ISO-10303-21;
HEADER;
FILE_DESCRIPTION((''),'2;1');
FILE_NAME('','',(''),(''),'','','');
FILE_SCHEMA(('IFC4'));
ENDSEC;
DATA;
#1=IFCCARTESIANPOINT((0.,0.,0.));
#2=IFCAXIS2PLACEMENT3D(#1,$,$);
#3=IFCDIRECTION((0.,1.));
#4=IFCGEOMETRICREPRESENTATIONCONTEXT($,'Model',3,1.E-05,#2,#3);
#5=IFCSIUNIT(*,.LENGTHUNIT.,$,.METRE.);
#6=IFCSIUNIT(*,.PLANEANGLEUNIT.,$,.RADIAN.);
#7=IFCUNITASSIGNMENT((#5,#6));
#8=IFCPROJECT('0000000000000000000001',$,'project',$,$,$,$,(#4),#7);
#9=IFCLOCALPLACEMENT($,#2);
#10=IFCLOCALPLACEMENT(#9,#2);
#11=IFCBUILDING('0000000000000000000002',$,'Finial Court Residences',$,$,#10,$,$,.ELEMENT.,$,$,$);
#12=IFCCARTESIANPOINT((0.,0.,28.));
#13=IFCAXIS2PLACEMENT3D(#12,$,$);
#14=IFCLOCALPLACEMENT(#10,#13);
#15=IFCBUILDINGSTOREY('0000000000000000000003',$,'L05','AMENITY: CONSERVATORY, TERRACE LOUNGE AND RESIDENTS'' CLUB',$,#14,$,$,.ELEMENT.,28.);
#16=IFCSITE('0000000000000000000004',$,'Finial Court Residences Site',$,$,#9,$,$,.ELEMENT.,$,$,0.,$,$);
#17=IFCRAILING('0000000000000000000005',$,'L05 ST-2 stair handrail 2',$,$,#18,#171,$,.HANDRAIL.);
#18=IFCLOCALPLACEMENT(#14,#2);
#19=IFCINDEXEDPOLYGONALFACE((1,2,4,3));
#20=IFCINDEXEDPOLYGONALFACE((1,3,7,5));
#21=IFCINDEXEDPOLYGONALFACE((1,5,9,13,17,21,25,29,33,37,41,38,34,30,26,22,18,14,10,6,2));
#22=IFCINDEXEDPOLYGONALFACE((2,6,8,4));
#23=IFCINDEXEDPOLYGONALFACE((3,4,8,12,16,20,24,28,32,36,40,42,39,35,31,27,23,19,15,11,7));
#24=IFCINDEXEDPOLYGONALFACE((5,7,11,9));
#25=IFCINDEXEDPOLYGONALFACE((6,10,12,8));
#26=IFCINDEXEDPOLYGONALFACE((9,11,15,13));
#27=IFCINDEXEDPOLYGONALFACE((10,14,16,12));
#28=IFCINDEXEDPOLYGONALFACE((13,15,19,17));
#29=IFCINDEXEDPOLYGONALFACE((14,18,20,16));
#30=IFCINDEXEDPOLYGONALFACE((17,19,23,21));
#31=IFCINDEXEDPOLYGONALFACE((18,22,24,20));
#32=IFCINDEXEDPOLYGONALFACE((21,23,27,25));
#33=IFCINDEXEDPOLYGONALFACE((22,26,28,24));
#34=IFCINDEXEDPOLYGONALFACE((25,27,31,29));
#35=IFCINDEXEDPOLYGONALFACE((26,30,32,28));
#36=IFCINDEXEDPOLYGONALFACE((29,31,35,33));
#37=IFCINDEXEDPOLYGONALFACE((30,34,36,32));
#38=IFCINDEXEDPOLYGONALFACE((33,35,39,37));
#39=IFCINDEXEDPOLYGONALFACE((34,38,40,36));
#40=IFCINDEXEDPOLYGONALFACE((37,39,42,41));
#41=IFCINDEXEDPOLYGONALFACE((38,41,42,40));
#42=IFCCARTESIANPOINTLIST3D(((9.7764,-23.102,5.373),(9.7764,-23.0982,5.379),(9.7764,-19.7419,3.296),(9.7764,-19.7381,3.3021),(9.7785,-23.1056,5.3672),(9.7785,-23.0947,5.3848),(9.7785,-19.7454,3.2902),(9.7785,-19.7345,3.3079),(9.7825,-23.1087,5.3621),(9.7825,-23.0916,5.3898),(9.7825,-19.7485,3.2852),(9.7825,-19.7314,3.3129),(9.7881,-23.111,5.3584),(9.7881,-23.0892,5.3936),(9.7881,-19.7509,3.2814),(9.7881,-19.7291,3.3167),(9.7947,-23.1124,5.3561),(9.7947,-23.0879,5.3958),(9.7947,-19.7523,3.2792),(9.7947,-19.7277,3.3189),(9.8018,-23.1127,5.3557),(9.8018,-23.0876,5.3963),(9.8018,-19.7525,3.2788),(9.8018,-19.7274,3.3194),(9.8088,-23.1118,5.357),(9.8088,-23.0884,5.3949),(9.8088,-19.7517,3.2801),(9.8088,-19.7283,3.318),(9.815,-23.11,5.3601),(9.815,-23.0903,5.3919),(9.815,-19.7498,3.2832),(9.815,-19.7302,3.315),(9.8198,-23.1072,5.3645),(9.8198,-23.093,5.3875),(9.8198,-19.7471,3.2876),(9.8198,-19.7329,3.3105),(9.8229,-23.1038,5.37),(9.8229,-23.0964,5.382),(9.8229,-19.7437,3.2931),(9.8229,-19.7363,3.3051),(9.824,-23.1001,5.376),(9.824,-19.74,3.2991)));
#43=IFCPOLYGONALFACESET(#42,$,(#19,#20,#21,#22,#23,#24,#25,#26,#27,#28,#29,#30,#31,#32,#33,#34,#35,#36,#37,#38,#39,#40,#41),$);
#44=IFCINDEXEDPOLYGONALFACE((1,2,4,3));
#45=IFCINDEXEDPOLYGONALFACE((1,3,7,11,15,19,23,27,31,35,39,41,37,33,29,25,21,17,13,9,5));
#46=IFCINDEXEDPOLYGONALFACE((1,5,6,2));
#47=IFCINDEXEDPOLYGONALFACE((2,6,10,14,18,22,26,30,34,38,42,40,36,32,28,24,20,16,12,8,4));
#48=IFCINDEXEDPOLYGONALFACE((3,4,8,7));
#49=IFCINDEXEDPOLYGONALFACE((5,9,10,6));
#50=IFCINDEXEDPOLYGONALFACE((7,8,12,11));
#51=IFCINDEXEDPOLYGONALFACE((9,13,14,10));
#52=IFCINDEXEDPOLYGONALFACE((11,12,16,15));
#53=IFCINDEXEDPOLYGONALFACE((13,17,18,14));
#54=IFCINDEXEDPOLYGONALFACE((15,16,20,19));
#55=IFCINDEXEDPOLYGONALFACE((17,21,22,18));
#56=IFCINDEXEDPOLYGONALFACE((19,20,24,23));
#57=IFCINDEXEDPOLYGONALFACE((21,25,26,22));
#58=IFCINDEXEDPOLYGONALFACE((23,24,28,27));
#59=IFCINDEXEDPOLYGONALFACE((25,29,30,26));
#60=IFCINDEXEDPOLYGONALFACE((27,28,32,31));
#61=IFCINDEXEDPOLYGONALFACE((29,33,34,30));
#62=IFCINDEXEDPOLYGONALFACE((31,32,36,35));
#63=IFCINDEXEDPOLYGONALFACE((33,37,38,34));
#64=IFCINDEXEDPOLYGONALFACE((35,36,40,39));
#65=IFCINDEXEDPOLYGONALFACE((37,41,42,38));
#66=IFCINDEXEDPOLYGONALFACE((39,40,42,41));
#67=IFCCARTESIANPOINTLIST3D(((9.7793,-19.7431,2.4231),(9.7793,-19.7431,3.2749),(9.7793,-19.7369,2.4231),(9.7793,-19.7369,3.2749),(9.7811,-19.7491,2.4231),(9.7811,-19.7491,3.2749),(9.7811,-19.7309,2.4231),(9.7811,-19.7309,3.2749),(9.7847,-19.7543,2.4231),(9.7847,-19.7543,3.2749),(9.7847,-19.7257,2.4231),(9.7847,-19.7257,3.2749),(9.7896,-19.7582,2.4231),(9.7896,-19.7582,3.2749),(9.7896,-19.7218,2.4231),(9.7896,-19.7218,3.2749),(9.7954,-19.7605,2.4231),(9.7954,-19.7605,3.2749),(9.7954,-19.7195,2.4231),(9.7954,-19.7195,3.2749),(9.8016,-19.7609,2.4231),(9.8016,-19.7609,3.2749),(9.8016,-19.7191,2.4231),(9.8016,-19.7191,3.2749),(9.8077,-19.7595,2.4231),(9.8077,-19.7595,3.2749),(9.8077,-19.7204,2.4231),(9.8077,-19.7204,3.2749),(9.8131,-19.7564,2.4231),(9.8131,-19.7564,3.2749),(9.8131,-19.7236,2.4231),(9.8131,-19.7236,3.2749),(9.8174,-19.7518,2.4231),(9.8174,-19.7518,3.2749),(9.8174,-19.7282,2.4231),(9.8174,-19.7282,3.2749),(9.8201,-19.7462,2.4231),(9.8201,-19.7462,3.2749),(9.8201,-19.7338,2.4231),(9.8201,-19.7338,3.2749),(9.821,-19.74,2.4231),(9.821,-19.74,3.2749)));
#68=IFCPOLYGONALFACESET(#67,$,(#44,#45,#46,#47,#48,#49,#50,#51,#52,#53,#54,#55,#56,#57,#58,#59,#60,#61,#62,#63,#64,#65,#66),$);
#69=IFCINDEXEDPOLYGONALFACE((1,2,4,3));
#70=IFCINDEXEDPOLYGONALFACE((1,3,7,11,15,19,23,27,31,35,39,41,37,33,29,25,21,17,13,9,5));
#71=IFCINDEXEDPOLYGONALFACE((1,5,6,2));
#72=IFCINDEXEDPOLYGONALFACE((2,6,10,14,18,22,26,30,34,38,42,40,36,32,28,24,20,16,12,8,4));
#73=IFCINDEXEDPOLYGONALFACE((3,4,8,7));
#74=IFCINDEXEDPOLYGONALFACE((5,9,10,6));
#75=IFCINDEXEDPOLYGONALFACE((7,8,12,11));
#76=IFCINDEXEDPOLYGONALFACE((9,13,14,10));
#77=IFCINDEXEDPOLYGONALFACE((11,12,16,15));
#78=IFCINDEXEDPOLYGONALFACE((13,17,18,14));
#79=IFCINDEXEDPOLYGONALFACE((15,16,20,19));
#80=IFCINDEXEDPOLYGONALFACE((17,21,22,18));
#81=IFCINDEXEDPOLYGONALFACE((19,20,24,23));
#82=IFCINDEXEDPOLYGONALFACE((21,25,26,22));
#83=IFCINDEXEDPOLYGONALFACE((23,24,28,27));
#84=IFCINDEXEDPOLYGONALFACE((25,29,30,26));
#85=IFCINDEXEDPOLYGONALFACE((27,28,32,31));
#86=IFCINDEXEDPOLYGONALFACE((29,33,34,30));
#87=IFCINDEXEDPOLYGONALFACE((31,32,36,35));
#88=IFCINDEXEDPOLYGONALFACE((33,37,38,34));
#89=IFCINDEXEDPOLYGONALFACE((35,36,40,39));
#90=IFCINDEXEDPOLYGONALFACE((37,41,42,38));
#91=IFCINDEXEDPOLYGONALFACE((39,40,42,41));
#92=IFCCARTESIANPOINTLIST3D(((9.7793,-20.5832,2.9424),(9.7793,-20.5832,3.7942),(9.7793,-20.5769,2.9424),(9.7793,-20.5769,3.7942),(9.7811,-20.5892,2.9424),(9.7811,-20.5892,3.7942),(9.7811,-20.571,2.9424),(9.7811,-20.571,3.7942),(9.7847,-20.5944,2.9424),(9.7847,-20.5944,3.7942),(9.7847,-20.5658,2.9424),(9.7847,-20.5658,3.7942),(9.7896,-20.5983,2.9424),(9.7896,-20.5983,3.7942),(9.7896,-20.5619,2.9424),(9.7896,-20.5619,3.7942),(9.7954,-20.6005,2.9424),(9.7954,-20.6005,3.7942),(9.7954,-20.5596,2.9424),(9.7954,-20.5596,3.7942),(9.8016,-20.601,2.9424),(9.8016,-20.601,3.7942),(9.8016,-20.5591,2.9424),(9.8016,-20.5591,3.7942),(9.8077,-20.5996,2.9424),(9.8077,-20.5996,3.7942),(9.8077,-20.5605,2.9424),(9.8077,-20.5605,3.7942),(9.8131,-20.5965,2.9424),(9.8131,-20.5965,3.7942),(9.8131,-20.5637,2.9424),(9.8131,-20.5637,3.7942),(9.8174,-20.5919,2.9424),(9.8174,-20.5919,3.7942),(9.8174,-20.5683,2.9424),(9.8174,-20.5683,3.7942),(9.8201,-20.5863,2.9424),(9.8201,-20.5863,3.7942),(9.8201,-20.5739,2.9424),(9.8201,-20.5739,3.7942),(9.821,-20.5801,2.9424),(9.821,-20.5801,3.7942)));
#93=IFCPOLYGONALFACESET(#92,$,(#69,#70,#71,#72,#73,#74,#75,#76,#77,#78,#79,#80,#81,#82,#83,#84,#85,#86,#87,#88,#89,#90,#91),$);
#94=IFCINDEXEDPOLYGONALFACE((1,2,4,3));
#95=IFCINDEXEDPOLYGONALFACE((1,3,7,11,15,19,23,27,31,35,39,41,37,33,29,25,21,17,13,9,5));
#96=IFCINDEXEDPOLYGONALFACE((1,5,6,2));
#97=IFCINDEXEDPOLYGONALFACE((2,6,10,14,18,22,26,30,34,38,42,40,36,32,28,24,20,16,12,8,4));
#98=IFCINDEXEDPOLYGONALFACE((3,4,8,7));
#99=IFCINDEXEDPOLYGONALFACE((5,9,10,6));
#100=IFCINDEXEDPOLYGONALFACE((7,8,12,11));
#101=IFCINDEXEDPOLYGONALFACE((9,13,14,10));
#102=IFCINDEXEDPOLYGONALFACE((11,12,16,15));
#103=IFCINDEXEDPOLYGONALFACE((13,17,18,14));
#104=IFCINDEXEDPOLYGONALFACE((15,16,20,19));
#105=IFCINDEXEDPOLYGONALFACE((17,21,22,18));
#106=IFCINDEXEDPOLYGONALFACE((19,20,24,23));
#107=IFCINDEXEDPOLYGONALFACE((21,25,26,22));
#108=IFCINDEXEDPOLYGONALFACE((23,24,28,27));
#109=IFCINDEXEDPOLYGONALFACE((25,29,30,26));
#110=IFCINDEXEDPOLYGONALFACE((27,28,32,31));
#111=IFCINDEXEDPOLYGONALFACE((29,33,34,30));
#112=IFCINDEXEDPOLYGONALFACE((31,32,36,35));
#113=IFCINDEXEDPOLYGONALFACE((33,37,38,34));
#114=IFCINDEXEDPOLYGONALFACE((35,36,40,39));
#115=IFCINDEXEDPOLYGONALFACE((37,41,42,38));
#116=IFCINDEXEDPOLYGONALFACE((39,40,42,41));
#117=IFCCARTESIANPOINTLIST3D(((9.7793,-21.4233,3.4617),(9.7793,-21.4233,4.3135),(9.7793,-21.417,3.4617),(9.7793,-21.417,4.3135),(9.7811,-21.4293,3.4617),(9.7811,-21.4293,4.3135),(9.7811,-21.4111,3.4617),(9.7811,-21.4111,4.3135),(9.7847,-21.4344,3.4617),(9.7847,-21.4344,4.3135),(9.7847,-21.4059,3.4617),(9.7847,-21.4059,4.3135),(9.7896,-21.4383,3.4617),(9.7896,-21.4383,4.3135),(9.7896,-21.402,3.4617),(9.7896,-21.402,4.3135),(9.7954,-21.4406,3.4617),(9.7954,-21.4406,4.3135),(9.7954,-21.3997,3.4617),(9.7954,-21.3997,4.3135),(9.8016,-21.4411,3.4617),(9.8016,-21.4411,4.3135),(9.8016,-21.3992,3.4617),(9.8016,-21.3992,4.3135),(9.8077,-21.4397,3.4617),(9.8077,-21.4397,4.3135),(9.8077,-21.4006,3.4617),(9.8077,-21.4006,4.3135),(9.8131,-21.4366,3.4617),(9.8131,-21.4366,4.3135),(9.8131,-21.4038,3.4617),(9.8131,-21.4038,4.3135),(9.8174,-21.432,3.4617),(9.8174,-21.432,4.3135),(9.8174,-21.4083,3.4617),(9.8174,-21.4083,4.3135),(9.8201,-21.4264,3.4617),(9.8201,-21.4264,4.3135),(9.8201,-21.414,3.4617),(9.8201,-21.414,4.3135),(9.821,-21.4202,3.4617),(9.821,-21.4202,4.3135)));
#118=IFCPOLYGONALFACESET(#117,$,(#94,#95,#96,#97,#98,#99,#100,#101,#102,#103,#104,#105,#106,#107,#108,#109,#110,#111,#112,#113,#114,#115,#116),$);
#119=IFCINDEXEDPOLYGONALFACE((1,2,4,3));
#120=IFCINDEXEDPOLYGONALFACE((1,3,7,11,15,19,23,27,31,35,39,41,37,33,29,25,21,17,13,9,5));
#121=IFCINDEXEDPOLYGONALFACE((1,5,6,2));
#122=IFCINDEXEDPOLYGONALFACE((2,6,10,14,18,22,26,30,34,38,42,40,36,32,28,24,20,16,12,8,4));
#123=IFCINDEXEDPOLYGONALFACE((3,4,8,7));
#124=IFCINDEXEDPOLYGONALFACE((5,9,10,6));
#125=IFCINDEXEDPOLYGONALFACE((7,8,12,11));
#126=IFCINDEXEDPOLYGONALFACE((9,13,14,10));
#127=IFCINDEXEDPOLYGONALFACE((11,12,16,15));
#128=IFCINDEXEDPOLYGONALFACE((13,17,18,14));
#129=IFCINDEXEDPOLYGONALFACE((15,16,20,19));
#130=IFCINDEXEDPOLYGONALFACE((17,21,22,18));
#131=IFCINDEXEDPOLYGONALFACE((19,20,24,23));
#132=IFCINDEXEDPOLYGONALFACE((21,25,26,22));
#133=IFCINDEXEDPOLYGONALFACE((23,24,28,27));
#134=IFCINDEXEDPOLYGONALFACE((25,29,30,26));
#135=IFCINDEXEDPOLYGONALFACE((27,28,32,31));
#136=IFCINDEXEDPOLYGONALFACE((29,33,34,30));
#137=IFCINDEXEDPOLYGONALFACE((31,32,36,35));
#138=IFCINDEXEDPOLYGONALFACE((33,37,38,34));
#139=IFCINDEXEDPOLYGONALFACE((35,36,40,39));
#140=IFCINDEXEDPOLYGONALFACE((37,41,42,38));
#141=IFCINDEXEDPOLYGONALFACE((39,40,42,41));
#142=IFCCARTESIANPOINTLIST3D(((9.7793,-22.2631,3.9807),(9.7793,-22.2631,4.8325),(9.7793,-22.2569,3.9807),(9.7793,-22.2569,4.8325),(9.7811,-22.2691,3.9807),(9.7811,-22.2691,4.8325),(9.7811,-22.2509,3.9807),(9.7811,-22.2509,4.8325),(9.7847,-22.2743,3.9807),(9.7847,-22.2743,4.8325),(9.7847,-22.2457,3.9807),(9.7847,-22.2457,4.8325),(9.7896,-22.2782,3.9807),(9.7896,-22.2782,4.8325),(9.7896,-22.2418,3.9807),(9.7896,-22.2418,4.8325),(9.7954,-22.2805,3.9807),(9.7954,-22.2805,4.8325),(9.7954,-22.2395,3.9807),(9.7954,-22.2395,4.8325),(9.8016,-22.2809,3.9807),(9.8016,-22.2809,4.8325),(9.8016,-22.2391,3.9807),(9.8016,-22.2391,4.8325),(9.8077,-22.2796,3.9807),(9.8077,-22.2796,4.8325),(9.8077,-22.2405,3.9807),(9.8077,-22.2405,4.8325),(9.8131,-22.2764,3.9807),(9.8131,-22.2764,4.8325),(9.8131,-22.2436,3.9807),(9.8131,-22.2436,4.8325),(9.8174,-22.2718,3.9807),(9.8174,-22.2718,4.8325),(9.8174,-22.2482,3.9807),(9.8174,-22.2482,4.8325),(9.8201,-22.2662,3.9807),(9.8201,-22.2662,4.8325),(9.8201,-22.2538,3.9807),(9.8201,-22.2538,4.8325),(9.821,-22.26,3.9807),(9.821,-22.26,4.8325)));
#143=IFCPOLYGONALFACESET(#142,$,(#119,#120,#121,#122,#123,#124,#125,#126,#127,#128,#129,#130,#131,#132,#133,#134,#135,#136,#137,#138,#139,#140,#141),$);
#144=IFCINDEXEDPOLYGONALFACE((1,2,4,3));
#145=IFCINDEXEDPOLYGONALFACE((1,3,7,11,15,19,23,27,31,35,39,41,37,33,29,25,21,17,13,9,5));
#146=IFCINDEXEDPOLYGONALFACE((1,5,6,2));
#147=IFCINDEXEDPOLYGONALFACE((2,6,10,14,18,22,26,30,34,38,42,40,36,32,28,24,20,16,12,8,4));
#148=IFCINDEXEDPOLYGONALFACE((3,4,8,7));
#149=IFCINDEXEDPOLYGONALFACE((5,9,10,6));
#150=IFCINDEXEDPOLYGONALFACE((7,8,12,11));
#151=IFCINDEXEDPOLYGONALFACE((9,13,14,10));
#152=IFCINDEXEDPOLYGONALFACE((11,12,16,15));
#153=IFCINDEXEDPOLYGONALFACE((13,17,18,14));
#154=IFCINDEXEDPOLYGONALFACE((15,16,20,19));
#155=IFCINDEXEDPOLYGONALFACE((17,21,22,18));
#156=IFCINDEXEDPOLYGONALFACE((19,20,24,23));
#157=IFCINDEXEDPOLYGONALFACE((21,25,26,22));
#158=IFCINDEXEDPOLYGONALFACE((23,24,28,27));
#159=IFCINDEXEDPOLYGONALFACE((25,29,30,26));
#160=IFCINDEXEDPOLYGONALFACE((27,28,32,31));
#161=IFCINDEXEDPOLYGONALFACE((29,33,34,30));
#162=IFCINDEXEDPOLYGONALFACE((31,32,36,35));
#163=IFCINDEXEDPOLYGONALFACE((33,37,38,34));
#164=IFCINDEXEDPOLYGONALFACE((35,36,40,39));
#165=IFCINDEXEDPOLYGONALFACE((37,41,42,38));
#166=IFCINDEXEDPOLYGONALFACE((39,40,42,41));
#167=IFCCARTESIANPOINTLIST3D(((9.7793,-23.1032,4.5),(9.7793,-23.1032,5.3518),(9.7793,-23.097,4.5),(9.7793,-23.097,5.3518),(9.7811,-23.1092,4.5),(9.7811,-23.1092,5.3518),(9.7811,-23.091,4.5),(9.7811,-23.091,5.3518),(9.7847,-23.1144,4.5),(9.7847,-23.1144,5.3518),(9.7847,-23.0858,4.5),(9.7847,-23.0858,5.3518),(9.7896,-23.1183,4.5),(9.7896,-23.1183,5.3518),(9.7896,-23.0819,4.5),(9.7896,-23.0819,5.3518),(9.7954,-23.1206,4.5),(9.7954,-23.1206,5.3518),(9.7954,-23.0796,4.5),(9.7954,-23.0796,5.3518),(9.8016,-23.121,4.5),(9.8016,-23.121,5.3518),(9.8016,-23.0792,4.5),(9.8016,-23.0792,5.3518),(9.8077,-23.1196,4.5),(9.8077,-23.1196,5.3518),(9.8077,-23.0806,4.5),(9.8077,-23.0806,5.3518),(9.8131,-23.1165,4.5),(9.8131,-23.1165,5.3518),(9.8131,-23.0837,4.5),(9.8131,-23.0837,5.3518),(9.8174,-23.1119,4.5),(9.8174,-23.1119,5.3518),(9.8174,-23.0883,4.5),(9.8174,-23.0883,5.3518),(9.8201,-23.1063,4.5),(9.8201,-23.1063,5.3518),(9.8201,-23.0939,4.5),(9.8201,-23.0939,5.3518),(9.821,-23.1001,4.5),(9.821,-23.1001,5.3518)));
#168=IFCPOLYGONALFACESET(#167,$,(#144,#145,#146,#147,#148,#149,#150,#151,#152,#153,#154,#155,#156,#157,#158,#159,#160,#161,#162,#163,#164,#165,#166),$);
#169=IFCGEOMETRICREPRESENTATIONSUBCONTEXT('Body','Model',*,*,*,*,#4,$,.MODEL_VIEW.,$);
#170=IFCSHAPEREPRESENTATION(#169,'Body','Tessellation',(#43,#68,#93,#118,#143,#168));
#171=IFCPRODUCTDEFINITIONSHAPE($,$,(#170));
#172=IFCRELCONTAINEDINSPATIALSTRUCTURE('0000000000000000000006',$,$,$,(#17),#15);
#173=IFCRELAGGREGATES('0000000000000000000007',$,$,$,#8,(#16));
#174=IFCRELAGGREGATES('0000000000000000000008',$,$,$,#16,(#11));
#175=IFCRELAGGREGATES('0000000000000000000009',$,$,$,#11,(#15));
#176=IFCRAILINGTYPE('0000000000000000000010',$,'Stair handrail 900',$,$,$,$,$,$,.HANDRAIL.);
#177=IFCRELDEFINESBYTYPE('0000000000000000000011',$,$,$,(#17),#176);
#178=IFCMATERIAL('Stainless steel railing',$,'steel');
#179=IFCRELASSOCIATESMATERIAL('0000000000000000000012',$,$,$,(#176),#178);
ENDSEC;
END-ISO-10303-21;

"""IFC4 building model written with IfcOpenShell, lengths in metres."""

from ifc_helpers import new_model, si_unit, direction, frame, origin, origin_2d, place, context, subcontext, project, spatial, circle, extrude, material, type_object, element, save


model = new_model("IFC4")

# Units and contexts
model_context = context("Model", 3, precision=1e-05, world=origin(), true_north=direction((0.0, 1.0)))
body_context = subcontext(model_context, "Body", "Model", "MODEL_VIEW")
ifc_project = project(units=[si_unit("LENGTHUNIT", "METRE"), si_unit("PLANEANGLEUNIT", "RADIAN")], contexts=[model_context])

# Site, building, storey
site_placement = place(None, origin())
site = spatial("IfcSite", under=ifc_project, at=site_placement, Name="Finial Court Residences Site", CompositionType="ELEMENT", RefElevation=0.0)
building_placement = place(site_placement, origin())
building = spatial("IfcBuilding", under=site, at=building_placement, Name="Finial Court Residences", CompositionType="ELEMENT")
storey_placement = place(building_placement, frame((0.0, 0.0, 28.0)))
storey = spatial("IfcBuildingStorey", under=building, at=storey_placement, Name="L05", Description="AMENITY: CONSERVATORY, TERRACE LOUNGE AND RESIDENTS' CLUB", CompositionType="ELEMENT", Elevation=28.0)

# Railing
ifc_material_1 = material(Name="Stainless steel railing", Category="steel")
railing_type = type_object("IfcRailingType", Name="Stair handrail 900", PredefinedType="HANDRAIL", material=ifc_material_1)
railing_placement = place(storey_placement, frame((9.8, -19.74, 2.4231)))
element("IfcRailing", 1, at=railing_placement, inside=storey, type_object=railing_type, Name="L05 ST-2 stair handrail 2", PredefinedType="HANDRAIL", context=body_context, shape_type="SweptSolid", body=[
    extrude(circle(Radius=0.0239, at=origin_2d()), frame((0.0, 0.0, 0.876), z_axis=(0.0, -0.850623, 0.525776), x_axis=(1.0, 0.0, 0.0)), (0.0, 0.0, 1.0), 3.9502),
    extrude(circle(Radius=0.021, at=origin_2d()), origin(), (0.0, 0.0, 1.0), 0.8518),
    extrude(circle(Radius=0.021, at=origin_2d()), frame((0.0, -0.8401, 0.5193)), (0.0, 0.0, 1.0), 0.8518),
    extrude(circle(Radius=0.021, at=origin_2d()), frame((0.0, -1.6802, 1.0386)), (0.0, 0.0, 1.0), 0.8518),
    extrude(circle(Radius=0.021, at=origin_2d()), frame((0.0, -2.52, 1.5576)), (0.0, 0.0, 1.0), 0.8518),
    extrude(circle(Radius=0.021, at=origin_2d()), frame((0.0, -3.3601, 2.0769)), (0.0, 0.0, 1.0), 0.8518),
])

save(model, "model.ifc")
